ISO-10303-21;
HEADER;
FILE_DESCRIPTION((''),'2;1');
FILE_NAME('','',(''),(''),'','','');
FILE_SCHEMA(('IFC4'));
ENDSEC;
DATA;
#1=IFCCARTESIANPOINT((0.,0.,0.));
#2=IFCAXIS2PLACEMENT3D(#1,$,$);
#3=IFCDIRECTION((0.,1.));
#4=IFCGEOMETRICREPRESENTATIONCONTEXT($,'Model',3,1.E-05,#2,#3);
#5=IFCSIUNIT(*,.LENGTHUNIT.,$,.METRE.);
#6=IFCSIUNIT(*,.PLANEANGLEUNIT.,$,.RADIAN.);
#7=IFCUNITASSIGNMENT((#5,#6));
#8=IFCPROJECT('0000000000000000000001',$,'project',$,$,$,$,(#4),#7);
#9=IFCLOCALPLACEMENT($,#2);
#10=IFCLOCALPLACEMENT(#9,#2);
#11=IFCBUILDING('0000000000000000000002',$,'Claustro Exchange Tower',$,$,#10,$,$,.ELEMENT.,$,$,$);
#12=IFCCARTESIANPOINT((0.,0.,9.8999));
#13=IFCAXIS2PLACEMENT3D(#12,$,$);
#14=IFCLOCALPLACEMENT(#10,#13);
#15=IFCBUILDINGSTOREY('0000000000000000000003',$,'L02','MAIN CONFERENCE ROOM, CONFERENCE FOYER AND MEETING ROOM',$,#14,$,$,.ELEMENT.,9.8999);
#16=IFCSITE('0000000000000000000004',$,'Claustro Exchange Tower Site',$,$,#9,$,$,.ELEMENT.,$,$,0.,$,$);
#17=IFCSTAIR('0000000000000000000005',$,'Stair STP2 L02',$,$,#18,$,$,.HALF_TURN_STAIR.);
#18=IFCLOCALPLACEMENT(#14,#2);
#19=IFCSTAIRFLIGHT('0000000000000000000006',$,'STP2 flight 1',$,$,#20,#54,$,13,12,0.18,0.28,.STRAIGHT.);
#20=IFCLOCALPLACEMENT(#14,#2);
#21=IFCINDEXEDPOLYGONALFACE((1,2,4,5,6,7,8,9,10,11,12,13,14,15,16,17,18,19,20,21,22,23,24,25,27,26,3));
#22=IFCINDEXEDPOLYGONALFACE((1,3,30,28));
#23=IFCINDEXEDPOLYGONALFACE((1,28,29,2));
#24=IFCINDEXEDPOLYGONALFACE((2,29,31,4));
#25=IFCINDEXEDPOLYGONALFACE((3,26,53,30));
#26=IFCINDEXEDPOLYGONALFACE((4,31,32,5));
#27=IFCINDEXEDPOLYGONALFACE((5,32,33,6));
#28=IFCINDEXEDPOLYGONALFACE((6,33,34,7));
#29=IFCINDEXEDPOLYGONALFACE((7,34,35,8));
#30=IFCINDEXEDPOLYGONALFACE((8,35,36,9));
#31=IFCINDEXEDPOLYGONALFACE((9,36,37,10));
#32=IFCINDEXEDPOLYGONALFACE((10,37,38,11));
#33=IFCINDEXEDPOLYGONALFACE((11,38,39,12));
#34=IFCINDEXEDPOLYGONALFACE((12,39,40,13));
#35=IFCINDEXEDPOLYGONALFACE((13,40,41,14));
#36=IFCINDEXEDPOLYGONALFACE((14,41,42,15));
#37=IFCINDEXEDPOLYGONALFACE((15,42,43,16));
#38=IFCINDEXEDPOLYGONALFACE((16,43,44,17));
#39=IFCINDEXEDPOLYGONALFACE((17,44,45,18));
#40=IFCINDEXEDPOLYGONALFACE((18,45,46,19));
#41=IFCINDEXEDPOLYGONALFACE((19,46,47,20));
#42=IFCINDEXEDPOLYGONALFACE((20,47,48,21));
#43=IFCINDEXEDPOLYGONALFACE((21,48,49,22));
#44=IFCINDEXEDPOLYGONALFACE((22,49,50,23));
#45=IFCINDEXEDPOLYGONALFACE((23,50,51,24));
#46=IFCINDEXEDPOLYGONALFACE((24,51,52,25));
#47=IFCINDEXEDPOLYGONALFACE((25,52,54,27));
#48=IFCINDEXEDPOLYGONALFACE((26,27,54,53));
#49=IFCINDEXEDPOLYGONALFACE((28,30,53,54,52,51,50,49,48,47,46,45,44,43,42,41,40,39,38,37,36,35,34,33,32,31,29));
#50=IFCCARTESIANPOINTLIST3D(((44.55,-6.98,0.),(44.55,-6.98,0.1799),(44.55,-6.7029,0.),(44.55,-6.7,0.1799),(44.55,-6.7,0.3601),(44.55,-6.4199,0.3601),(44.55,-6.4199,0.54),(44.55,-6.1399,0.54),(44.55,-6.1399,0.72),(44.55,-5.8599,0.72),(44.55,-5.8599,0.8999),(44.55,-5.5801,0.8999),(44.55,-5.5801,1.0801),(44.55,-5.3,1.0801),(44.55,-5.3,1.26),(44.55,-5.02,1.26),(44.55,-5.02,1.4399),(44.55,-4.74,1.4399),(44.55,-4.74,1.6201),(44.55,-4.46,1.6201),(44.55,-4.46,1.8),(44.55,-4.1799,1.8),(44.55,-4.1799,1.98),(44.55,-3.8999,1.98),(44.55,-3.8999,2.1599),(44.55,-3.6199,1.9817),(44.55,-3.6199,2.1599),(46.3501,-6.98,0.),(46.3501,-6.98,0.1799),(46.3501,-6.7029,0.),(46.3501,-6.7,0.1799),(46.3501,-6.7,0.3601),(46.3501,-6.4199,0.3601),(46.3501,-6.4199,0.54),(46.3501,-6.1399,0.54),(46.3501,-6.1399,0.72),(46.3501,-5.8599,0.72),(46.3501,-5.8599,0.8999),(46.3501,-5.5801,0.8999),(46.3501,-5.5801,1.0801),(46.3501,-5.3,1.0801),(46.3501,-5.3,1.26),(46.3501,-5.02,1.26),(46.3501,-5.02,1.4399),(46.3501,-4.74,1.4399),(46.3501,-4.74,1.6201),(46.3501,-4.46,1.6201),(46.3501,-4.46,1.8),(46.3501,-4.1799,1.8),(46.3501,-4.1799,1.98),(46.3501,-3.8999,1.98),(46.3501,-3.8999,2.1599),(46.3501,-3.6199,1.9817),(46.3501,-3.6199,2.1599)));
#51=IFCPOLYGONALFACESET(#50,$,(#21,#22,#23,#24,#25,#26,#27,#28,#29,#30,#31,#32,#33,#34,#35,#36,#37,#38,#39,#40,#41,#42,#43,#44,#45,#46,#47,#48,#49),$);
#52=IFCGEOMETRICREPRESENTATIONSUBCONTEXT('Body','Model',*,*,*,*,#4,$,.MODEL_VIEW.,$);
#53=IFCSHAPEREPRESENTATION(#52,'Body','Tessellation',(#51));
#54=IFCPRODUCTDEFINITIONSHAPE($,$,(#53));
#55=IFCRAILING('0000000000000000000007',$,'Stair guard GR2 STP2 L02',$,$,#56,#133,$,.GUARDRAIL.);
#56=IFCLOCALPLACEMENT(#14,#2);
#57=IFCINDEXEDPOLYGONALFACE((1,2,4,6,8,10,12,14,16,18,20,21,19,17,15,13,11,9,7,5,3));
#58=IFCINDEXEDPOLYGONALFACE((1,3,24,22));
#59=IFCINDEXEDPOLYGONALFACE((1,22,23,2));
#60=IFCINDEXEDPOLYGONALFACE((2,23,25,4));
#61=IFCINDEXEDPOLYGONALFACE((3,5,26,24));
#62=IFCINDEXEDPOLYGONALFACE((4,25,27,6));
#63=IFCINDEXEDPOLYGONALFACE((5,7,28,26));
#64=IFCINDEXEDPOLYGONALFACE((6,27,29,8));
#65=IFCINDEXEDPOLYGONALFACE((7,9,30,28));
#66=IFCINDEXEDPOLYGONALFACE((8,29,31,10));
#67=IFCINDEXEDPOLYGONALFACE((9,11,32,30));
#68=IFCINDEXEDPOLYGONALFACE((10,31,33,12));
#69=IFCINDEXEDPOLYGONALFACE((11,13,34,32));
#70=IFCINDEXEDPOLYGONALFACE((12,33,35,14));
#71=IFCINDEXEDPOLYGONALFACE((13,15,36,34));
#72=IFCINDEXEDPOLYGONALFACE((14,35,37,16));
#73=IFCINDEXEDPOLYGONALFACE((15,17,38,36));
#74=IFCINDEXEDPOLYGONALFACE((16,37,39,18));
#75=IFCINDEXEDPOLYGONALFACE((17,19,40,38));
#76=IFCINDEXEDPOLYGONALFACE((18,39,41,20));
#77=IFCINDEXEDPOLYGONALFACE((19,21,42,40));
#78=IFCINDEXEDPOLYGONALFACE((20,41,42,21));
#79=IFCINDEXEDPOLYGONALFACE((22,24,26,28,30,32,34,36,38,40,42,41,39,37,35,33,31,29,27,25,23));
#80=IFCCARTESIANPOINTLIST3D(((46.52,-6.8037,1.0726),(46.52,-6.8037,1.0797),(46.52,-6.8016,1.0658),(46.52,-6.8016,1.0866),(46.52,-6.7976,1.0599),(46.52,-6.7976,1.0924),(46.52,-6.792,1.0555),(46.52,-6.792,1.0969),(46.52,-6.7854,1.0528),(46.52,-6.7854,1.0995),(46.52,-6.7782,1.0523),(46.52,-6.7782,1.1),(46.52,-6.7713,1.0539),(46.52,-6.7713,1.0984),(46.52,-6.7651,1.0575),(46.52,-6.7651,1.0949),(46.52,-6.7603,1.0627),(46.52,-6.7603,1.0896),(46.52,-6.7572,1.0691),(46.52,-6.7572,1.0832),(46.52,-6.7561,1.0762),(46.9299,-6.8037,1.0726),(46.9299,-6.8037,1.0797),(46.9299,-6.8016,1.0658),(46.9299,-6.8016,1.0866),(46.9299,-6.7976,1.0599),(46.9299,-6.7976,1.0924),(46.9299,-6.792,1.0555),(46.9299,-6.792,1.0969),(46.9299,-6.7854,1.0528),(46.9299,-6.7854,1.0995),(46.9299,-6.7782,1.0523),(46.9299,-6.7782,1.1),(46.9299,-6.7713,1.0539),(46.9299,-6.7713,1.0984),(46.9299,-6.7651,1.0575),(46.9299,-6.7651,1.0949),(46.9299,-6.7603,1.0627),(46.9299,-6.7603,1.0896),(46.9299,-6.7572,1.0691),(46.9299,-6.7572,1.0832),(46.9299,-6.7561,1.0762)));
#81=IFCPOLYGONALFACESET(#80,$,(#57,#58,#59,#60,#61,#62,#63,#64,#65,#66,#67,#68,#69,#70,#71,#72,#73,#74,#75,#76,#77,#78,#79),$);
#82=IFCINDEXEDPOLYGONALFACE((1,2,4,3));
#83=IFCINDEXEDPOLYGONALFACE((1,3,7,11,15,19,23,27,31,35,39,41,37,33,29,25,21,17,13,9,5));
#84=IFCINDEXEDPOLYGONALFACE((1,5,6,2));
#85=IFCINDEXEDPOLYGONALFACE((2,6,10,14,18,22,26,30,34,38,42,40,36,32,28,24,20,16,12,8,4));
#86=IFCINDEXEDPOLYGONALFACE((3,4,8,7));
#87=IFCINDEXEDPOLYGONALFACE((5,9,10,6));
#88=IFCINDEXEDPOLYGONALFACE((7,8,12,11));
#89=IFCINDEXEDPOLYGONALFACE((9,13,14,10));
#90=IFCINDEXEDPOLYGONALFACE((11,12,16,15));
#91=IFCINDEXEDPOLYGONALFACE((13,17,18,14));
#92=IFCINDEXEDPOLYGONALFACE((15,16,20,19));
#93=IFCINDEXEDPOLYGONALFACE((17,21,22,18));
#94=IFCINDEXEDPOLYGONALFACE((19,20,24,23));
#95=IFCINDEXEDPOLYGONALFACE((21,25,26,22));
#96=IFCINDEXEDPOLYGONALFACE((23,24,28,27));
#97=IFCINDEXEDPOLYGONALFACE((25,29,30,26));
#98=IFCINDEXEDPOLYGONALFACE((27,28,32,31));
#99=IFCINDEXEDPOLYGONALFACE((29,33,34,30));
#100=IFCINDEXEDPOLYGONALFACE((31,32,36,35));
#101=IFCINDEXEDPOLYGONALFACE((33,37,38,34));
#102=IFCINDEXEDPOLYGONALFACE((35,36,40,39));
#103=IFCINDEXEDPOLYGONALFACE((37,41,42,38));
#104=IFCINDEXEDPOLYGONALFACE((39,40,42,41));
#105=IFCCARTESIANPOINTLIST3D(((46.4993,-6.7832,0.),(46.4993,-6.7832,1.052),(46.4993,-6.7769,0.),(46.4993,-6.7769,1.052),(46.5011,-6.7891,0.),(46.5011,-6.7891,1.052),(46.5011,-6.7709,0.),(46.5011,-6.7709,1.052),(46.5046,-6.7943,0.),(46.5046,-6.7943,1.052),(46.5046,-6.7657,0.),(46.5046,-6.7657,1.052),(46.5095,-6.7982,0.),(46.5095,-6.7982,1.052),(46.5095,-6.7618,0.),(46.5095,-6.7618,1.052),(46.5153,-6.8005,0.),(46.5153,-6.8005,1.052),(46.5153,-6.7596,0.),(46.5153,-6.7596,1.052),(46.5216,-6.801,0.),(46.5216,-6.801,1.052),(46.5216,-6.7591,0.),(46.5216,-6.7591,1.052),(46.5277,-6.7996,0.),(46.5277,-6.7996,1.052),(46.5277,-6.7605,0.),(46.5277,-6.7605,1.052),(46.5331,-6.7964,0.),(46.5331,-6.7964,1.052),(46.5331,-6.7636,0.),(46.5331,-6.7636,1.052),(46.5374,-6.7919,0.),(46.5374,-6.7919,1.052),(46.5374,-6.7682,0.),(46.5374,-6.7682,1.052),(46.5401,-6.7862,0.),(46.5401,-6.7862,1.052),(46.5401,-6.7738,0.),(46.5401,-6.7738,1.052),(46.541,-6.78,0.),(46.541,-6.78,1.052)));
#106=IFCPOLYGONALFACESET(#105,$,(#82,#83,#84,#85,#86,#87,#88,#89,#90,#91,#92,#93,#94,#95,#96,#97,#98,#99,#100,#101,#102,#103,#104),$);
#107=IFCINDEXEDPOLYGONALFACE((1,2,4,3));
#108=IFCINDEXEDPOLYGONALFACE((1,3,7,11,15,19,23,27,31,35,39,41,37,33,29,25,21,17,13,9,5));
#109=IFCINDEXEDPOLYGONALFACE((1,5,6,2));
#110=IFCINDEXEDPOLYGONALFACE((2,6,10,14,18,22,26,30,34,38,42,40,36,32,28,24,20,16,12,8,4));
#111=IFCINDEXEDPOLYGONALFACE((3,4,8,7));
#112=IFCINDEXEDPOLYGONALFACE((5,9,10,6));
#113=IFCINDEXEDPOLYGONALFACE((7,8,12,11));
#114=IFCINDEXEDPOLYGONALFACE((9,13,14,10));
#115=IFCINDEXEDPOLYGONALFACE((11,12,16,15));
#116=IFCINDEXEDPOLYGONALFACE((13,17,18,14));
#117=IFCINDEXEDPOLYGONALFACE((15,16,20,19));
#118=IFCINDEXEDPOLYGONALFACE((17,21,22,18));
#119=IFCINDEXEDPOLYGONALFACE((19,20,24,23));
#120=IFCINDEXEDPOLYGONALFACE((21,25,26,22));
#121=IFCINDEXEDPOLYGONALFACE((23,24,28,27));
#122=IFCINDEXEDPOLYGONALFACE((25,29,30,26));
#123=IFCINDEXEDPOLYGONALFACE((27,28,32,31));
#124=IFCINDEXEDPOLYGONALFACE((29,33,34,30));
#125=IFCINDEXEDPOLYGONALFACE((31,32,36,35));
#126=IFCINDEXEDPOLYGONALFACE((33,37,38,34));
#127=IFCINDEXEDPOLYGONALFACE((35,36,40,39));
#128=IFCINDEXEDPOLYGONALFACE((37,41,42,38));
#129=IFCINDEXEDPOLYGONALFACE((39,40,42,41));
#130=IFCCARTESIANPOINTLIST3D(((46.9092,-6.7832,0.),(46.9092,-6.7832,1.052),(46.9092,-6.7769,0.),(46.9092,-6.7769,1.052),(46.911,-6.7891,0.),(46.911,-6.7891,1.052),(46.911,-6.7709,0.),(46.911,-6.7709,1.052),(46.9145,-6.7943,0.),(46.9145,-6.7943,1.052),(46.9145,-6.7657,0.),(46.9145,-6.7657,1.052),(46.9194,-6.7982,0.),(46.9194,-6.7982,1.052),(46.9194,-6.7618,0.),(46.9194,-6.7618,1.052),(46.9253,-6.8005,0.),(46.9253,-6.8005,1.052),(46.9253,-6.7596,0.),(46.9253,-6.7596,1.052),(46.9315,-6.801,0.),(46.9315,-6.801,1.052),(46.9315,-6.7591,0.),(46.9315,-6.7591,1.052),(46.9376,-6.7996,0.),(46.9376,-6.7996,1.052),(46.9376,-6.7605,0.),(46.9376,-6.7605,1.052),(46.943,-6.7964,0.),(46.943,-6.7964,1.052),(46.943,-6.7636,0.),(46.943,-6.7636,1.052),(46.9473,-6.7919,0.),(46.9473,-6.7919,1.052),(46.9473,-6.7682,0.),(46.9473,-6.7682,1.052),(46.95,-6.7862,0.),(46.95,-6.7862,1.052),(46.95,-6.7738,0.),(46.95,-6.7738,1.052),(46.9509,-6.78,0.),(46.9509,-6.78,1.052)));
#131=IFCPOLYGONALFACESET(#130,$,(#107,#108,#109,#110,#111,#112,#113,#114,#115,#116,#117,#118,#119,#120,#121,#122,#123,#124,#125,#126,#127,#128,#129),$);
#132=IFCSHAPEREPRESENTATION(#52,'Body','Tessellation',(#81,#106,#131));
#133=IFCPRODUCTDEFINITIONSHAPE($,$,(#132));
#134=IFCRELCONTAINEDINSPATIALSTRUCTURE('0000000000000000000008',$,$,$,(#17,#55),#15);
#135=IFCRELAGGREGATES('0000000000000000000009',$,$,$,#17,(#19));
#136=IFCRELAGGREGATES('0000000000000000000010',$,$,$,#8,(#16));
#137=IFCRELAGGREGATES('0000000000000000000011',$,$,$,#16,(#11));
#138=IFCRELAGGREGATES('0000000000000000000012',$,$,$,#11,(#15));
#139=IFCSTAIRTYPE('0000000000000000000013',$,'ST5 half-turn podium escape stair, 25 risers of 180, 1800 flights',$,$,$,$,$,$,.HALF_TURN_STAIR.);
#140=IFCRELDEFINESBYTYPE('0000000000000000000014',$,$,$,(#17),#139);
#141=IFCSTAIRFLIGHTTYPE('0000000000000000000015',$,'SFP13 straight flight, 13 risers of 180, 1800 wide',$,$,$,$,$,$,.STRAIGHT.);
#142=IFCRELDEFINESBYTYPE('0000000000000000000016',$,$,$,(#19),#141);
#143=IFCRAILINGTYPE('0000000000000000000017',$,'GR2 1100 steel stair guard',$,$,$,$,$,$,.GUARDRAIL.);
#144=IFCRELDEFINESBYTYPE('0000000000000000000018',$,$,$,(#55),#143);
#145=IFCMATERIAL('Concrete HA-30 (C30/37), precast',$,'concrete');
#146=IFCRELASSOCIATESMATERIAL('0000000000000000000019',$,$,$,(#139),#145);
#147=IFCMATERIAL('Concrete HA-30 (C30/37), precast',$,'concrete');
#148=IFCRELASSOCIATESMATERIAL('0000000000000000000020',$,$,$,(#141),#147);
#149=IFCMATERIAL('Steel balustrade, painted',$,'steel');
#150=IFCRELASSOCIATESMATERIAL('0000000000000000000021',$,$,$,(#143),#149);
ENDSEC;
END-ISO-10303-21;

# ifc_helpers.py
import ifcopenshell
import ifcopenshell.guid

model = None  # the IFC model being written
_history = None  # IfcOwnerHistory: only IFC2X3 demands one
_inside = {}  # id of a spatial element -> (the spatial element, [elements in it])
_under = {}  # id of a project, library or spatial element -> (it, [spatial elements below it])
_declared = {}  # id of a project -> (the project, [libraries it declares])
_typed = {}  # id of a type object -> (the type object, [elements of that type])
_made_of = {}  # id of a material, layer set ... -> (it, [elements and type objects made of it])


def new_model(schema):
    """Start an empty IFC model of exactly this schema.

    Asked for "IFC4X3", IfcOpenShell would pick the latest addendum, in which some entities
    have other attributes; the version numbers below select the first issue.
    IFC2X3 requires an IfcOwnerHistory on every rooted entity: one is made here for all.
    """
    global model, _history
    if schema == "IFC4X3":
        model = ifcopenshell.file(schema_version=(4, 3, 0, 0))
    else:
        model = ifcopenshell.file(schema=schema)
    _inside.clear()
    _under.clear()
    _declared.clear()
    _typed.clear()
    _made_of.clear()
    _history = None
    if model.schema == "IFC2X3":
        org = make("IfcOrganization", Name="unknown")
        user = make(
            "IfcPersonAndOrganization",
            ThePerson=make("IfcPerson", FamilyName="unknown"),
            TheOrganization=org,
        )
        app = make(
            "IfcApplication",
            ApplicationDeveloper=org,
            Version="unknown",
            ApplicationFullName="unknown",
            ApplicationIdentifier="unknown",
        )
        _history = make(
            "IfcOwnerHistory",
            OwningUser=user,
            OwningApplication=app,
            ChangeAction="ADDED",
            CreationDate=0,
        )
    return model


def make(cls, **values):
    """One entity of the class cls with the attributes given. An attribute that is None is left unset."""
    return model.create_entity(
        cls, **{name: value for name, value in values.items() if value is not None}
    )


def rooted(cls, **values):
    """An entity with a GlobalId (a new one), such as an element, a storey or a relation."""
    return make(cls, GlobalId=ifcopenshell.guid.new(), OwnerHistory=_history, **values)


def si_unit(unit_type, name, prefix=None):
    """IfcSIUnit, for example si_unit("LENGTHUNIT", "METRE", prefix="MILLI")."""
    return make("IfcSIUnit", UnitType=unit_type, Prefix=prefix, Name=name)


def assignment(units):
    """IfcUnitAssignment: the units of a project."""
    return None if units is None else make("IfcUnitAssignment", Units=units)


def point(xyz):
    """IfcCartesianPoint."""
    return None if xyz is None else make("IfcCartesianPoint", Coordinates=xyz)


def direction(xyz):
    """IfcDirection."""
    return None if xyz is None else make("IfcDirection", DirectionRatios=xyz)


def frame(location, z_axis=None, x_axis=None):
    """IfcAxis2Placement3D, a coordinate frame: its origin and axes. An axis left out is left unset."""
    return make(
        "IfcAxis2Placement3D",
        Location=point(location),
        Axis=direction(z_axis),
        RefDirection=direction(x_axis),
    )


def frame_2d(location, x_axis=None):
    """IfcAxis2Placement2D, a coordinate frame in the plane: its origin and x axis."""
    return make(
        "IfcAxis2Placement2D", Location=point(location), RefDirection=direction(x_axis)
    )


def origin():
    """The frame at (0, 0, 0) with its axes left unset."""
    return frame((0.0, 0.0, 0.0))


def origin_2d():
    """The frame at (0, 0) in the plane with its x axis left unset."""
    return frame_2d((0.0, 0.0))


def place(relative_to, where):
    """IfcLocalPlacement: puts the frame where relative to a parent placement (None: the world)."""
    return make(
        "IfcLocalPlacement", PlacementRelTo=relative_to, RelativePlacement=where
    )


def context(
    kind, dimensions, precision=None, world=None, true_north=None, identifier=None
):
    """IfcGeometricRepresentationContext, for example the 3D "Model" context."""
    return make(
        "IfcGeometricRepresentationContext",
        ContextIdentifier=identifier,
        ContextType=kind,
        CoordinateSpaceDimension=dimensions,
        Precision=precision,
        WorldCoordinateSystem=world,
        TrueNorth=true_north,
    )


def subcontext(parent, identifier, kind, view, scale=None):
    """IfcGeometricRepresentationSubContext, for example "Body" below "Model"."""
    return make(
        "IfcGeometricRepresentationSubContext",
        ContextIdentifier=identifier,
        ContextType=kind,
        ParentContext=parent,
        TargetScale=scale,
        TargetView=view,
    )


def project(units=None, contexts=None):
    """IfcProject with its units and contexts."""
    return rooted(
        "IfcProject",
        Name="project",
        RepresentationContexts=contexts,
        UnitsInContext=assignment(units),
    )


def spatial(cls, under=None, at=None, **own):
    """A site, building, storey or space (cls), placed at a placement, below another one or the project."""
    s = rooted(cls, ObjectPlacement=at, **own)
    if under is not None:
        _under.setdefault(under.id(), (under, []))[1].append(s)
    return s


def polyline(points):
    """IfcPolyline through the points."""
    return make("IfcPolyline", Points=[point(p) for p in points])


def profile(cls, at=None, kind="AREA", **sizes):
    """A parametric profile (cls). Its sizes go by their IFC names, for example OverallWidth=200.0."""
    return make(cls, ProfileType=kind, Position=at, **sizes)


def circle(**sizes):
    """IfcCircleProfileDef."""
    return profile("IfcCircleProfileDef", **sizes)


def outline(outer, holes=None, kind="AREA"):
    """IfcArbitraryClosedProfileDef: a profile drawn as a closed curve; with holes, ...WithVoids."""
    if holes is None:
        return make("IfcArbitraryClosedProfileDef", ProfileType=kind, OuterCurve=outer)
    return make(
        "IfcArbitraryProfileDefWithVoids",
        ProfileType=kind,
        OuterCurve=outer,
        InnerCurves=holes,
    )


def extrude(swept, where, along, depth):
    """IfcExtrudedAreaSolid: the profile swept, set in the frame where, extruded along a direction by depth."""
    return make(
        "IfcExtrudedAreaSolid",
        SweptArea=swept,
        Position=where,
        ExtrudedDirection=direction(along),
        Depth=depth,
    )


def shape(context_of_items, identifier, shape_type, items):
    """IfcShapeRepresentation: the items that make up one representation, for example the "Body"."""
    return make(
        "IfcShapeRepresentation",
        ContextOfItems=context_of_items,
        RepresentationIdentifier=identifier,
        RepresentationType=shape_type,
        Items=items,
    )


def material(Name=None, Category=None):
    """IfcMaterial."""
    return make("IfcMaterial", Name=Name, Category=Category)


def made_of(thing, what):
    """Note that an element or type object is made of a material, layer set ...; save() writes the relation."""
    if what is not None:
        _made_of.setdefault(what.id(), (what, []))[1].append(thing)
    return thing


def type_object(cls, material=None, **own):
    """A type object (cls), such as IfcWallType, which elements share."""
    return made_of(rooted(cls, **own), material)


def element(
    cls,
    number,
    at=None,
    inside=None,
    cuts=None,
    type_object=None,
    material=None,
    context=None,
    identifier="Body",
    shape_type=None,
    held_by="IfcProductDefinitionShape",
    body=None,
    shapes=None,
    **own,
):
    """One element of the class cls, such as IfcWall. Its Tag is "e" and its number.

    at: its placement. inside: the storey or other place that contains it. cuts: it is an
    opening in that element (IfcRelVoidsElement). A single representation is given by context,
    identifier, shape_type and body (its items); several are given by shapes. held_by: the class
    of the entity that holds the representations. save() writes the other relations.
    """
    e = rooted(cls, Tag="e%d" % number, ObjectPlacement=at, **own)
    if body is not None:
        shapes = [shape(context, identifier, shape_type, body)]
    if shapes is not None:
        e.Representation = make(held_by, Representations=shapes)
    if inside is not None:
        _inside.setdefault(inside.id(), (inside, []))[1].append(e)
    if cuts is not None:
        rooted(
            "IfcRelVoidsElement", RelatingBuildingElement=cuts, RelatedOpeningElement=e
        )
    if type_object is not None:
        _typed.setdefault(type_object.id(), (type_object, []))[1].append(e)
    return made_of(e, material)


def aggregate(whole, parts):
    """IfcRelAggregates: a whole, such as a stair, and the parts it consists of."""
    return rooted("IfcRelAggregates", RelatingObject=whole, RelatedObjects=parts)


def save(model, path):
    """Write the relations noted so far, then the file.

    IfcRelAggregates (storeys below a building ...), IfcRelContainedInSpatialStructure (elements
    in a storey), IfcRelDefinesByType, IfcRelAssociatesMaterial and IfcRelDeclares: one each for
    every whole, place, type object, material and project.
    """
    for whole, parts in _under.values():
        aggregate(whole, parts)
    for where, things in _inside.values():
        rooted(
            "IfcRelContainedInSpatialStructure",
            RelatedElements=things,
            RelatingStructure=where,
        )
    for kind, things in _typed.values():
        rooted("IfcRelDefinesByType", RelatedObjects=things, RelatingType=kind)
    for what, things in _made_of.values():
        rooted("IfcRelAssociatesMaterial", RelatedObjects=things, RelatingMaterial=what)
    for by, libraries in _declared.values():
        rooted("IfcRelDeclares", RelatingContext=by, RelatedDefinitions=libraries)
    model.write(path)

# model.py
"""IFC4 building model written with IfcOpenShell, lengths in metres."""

from ifc_helpers import new_model, si_unit, direction, frame, origin, origin_2d, place, context, subcontext, project, spatial, polyline, circle, outline, extrude, material, type_object, element, aggregate, save


model = new_model("IFC4")

# Units and contexts
model_context = context("Model", 3, precision=1e-05, world=origin(), true_north=direction((0.0, 1.0)))
body_context = subcontext(model_context, "Body", "Model", "MODEL_VIEW")
ifc_project = project(units=[si_unit("LENGTHUNIT", "METRE"), si_unit("PLANEANGLEUNIT", "RADIAN")], contexts=[model_context])

# Site, building, storey
site_placement = place(None, origin())
site = spatial("IfcSite", under=ifc_project, at=site_placement, Name="Claustro Exchange Tower Site", CompositionType="ELEMENT", RefElevation=0.0)
building_placement = place(site_placement, origin())
building = spatial("IfcBuilding", under=site, at=building_placement, Name="Claustro Exchange Tower", CompositionType="ELEMENT")
storey_placement = place(building_placement, frame((0.0, 0.0, 9.8999)))
storey = spatial("IfcBuildingStorey", under=building, at=storey_placement, Name="L02", Description="MAIN CONFERENCE ROOM, CONFERENCE FOYER AND MEETING ROOM", CompositionType="ELEMENT", Elevation=9.8999)

# Stair, stair flight
ifc_material_1 = material(Name="Concrete HA-30 (C30/37), precast", Category="concrete")
stair_type = type_object("IfcStairType", Name="ST5 half-turn podium escape stair, 25 risers of 180, 1800 flights", PredefinedType="HALF_TURN_STAIR", material=ifc_material_1)
stair_placement = place(storey_placement, origin())
stair = element("IfcStair", 1, at=stair_placement, inside=storey, type_object=stair_type, Name="Stair STP2 L02", PredefinedType="HALF_TURN_STAIR")
ifc_material_2 = material(Name="Concrete HA-30 (C30/37), precast", Category="concrete")
stair_flight_type_1 = type_object("IfcStairFlightType", Name="SFP13 straight flight, 13 risers of 180, 1800 wide", PredefinedType="STRAIGHT", material=ifc_material_2)
stair_flight_1_placement = place(storey_placement, frame((45.45, -6.98, 0.0), z_axis=(0.0, 0.0, 1.0), x_axis=(0.0, 1.0, 0.0)))
stair_flight_1 = element("IfcStairFlight", 2, at=stair_flight_1_placement, type_object=stair_flight_type_1, Name="STP2 flight 1", NumberOfRisers=13, NumberOfTreads=12, PredefinedType="STRAIGHT", RiserHeight=0.18, TreadLength=0.28, context=body_context, shape_type="SweptSolid", body=[
    extrude(outline(polyline([(0.0, 0.0), (0.0, 0.1799), (0.28, 0.1799), (0.28, 0.3601), (0.5601, 0.3601), (0.5601, 0.54), (0.8401, 0.54), (0.8401, 0.72), (1.1201, 0.72), (1.1201, 0.8999), (1.3999, 0.8999), (1.3999, 1.0801), (1.6799, 1.0801), (1.6799, 1.26), (1.96, 1.26), (1.96, 1.4399), (2.24, 1.4399), (2.24, 1.6201), (2.52, 1.6201), (2.52, 1.8), (2.8, 1.8), (2.8, 1.98), (3.0801, 1.98), (3.0801, 2.1599), (3.3601, 2.1599), (3.3601, 2.3401), (3.3601, 1.9817), (0.2771, 0.0), (0.0, 0.0)])), frame((0.0, 0.8999, 0.0), z_axis=(0.0, -1.0, 0.0), x_axis=(1.0, 0.0, 0.0)), (0.0, 0.0, 1.0), 1.8),
])
aggregate(stair, [stair_flight_1])

# Railing
ifc_material_3 = material(Name="Steel balustrade, painted", Category="steel")
railing_type_1 = type_object("IfcRailingType", Name="GR2 1100 steel stair guard", PredefinedType="GUARDRAIL", material=ifc_material_3)
railing_1_placement = place(storey_placement, frame((46.52, -6.78, 0.0)))
element("IfcRailing", 3, at=railing_1_placement, inside=storey, type_object=railing_type_1, Name="Stair guard GR2 STP2 L02", PredefinedType="GUARDRAIL", context=body_context, shape_type="SweptSolid", body=[
    extrude(circle(Radius=0.0239, at=origin_2d()), frame((0.0, 0.0, 1.0762), z_axis=(1.0, 0.0, 0.0), x_axis=(0.0, 1.0, 0.0)), (0.0, 0.0, 1.0), 0.4099),
    extrude(circle(Radius=0.021, at=origin_2d()), origin(), (0.0, 0.0, 1.0), 1.052),
    extrude(circle(Radius=0.021, at=origin_2d()), frame((0.4099, 0.0, 0.0)), (0.0, 0.0, 1.0), 1.052),
])

save(model, "model.ifc")
